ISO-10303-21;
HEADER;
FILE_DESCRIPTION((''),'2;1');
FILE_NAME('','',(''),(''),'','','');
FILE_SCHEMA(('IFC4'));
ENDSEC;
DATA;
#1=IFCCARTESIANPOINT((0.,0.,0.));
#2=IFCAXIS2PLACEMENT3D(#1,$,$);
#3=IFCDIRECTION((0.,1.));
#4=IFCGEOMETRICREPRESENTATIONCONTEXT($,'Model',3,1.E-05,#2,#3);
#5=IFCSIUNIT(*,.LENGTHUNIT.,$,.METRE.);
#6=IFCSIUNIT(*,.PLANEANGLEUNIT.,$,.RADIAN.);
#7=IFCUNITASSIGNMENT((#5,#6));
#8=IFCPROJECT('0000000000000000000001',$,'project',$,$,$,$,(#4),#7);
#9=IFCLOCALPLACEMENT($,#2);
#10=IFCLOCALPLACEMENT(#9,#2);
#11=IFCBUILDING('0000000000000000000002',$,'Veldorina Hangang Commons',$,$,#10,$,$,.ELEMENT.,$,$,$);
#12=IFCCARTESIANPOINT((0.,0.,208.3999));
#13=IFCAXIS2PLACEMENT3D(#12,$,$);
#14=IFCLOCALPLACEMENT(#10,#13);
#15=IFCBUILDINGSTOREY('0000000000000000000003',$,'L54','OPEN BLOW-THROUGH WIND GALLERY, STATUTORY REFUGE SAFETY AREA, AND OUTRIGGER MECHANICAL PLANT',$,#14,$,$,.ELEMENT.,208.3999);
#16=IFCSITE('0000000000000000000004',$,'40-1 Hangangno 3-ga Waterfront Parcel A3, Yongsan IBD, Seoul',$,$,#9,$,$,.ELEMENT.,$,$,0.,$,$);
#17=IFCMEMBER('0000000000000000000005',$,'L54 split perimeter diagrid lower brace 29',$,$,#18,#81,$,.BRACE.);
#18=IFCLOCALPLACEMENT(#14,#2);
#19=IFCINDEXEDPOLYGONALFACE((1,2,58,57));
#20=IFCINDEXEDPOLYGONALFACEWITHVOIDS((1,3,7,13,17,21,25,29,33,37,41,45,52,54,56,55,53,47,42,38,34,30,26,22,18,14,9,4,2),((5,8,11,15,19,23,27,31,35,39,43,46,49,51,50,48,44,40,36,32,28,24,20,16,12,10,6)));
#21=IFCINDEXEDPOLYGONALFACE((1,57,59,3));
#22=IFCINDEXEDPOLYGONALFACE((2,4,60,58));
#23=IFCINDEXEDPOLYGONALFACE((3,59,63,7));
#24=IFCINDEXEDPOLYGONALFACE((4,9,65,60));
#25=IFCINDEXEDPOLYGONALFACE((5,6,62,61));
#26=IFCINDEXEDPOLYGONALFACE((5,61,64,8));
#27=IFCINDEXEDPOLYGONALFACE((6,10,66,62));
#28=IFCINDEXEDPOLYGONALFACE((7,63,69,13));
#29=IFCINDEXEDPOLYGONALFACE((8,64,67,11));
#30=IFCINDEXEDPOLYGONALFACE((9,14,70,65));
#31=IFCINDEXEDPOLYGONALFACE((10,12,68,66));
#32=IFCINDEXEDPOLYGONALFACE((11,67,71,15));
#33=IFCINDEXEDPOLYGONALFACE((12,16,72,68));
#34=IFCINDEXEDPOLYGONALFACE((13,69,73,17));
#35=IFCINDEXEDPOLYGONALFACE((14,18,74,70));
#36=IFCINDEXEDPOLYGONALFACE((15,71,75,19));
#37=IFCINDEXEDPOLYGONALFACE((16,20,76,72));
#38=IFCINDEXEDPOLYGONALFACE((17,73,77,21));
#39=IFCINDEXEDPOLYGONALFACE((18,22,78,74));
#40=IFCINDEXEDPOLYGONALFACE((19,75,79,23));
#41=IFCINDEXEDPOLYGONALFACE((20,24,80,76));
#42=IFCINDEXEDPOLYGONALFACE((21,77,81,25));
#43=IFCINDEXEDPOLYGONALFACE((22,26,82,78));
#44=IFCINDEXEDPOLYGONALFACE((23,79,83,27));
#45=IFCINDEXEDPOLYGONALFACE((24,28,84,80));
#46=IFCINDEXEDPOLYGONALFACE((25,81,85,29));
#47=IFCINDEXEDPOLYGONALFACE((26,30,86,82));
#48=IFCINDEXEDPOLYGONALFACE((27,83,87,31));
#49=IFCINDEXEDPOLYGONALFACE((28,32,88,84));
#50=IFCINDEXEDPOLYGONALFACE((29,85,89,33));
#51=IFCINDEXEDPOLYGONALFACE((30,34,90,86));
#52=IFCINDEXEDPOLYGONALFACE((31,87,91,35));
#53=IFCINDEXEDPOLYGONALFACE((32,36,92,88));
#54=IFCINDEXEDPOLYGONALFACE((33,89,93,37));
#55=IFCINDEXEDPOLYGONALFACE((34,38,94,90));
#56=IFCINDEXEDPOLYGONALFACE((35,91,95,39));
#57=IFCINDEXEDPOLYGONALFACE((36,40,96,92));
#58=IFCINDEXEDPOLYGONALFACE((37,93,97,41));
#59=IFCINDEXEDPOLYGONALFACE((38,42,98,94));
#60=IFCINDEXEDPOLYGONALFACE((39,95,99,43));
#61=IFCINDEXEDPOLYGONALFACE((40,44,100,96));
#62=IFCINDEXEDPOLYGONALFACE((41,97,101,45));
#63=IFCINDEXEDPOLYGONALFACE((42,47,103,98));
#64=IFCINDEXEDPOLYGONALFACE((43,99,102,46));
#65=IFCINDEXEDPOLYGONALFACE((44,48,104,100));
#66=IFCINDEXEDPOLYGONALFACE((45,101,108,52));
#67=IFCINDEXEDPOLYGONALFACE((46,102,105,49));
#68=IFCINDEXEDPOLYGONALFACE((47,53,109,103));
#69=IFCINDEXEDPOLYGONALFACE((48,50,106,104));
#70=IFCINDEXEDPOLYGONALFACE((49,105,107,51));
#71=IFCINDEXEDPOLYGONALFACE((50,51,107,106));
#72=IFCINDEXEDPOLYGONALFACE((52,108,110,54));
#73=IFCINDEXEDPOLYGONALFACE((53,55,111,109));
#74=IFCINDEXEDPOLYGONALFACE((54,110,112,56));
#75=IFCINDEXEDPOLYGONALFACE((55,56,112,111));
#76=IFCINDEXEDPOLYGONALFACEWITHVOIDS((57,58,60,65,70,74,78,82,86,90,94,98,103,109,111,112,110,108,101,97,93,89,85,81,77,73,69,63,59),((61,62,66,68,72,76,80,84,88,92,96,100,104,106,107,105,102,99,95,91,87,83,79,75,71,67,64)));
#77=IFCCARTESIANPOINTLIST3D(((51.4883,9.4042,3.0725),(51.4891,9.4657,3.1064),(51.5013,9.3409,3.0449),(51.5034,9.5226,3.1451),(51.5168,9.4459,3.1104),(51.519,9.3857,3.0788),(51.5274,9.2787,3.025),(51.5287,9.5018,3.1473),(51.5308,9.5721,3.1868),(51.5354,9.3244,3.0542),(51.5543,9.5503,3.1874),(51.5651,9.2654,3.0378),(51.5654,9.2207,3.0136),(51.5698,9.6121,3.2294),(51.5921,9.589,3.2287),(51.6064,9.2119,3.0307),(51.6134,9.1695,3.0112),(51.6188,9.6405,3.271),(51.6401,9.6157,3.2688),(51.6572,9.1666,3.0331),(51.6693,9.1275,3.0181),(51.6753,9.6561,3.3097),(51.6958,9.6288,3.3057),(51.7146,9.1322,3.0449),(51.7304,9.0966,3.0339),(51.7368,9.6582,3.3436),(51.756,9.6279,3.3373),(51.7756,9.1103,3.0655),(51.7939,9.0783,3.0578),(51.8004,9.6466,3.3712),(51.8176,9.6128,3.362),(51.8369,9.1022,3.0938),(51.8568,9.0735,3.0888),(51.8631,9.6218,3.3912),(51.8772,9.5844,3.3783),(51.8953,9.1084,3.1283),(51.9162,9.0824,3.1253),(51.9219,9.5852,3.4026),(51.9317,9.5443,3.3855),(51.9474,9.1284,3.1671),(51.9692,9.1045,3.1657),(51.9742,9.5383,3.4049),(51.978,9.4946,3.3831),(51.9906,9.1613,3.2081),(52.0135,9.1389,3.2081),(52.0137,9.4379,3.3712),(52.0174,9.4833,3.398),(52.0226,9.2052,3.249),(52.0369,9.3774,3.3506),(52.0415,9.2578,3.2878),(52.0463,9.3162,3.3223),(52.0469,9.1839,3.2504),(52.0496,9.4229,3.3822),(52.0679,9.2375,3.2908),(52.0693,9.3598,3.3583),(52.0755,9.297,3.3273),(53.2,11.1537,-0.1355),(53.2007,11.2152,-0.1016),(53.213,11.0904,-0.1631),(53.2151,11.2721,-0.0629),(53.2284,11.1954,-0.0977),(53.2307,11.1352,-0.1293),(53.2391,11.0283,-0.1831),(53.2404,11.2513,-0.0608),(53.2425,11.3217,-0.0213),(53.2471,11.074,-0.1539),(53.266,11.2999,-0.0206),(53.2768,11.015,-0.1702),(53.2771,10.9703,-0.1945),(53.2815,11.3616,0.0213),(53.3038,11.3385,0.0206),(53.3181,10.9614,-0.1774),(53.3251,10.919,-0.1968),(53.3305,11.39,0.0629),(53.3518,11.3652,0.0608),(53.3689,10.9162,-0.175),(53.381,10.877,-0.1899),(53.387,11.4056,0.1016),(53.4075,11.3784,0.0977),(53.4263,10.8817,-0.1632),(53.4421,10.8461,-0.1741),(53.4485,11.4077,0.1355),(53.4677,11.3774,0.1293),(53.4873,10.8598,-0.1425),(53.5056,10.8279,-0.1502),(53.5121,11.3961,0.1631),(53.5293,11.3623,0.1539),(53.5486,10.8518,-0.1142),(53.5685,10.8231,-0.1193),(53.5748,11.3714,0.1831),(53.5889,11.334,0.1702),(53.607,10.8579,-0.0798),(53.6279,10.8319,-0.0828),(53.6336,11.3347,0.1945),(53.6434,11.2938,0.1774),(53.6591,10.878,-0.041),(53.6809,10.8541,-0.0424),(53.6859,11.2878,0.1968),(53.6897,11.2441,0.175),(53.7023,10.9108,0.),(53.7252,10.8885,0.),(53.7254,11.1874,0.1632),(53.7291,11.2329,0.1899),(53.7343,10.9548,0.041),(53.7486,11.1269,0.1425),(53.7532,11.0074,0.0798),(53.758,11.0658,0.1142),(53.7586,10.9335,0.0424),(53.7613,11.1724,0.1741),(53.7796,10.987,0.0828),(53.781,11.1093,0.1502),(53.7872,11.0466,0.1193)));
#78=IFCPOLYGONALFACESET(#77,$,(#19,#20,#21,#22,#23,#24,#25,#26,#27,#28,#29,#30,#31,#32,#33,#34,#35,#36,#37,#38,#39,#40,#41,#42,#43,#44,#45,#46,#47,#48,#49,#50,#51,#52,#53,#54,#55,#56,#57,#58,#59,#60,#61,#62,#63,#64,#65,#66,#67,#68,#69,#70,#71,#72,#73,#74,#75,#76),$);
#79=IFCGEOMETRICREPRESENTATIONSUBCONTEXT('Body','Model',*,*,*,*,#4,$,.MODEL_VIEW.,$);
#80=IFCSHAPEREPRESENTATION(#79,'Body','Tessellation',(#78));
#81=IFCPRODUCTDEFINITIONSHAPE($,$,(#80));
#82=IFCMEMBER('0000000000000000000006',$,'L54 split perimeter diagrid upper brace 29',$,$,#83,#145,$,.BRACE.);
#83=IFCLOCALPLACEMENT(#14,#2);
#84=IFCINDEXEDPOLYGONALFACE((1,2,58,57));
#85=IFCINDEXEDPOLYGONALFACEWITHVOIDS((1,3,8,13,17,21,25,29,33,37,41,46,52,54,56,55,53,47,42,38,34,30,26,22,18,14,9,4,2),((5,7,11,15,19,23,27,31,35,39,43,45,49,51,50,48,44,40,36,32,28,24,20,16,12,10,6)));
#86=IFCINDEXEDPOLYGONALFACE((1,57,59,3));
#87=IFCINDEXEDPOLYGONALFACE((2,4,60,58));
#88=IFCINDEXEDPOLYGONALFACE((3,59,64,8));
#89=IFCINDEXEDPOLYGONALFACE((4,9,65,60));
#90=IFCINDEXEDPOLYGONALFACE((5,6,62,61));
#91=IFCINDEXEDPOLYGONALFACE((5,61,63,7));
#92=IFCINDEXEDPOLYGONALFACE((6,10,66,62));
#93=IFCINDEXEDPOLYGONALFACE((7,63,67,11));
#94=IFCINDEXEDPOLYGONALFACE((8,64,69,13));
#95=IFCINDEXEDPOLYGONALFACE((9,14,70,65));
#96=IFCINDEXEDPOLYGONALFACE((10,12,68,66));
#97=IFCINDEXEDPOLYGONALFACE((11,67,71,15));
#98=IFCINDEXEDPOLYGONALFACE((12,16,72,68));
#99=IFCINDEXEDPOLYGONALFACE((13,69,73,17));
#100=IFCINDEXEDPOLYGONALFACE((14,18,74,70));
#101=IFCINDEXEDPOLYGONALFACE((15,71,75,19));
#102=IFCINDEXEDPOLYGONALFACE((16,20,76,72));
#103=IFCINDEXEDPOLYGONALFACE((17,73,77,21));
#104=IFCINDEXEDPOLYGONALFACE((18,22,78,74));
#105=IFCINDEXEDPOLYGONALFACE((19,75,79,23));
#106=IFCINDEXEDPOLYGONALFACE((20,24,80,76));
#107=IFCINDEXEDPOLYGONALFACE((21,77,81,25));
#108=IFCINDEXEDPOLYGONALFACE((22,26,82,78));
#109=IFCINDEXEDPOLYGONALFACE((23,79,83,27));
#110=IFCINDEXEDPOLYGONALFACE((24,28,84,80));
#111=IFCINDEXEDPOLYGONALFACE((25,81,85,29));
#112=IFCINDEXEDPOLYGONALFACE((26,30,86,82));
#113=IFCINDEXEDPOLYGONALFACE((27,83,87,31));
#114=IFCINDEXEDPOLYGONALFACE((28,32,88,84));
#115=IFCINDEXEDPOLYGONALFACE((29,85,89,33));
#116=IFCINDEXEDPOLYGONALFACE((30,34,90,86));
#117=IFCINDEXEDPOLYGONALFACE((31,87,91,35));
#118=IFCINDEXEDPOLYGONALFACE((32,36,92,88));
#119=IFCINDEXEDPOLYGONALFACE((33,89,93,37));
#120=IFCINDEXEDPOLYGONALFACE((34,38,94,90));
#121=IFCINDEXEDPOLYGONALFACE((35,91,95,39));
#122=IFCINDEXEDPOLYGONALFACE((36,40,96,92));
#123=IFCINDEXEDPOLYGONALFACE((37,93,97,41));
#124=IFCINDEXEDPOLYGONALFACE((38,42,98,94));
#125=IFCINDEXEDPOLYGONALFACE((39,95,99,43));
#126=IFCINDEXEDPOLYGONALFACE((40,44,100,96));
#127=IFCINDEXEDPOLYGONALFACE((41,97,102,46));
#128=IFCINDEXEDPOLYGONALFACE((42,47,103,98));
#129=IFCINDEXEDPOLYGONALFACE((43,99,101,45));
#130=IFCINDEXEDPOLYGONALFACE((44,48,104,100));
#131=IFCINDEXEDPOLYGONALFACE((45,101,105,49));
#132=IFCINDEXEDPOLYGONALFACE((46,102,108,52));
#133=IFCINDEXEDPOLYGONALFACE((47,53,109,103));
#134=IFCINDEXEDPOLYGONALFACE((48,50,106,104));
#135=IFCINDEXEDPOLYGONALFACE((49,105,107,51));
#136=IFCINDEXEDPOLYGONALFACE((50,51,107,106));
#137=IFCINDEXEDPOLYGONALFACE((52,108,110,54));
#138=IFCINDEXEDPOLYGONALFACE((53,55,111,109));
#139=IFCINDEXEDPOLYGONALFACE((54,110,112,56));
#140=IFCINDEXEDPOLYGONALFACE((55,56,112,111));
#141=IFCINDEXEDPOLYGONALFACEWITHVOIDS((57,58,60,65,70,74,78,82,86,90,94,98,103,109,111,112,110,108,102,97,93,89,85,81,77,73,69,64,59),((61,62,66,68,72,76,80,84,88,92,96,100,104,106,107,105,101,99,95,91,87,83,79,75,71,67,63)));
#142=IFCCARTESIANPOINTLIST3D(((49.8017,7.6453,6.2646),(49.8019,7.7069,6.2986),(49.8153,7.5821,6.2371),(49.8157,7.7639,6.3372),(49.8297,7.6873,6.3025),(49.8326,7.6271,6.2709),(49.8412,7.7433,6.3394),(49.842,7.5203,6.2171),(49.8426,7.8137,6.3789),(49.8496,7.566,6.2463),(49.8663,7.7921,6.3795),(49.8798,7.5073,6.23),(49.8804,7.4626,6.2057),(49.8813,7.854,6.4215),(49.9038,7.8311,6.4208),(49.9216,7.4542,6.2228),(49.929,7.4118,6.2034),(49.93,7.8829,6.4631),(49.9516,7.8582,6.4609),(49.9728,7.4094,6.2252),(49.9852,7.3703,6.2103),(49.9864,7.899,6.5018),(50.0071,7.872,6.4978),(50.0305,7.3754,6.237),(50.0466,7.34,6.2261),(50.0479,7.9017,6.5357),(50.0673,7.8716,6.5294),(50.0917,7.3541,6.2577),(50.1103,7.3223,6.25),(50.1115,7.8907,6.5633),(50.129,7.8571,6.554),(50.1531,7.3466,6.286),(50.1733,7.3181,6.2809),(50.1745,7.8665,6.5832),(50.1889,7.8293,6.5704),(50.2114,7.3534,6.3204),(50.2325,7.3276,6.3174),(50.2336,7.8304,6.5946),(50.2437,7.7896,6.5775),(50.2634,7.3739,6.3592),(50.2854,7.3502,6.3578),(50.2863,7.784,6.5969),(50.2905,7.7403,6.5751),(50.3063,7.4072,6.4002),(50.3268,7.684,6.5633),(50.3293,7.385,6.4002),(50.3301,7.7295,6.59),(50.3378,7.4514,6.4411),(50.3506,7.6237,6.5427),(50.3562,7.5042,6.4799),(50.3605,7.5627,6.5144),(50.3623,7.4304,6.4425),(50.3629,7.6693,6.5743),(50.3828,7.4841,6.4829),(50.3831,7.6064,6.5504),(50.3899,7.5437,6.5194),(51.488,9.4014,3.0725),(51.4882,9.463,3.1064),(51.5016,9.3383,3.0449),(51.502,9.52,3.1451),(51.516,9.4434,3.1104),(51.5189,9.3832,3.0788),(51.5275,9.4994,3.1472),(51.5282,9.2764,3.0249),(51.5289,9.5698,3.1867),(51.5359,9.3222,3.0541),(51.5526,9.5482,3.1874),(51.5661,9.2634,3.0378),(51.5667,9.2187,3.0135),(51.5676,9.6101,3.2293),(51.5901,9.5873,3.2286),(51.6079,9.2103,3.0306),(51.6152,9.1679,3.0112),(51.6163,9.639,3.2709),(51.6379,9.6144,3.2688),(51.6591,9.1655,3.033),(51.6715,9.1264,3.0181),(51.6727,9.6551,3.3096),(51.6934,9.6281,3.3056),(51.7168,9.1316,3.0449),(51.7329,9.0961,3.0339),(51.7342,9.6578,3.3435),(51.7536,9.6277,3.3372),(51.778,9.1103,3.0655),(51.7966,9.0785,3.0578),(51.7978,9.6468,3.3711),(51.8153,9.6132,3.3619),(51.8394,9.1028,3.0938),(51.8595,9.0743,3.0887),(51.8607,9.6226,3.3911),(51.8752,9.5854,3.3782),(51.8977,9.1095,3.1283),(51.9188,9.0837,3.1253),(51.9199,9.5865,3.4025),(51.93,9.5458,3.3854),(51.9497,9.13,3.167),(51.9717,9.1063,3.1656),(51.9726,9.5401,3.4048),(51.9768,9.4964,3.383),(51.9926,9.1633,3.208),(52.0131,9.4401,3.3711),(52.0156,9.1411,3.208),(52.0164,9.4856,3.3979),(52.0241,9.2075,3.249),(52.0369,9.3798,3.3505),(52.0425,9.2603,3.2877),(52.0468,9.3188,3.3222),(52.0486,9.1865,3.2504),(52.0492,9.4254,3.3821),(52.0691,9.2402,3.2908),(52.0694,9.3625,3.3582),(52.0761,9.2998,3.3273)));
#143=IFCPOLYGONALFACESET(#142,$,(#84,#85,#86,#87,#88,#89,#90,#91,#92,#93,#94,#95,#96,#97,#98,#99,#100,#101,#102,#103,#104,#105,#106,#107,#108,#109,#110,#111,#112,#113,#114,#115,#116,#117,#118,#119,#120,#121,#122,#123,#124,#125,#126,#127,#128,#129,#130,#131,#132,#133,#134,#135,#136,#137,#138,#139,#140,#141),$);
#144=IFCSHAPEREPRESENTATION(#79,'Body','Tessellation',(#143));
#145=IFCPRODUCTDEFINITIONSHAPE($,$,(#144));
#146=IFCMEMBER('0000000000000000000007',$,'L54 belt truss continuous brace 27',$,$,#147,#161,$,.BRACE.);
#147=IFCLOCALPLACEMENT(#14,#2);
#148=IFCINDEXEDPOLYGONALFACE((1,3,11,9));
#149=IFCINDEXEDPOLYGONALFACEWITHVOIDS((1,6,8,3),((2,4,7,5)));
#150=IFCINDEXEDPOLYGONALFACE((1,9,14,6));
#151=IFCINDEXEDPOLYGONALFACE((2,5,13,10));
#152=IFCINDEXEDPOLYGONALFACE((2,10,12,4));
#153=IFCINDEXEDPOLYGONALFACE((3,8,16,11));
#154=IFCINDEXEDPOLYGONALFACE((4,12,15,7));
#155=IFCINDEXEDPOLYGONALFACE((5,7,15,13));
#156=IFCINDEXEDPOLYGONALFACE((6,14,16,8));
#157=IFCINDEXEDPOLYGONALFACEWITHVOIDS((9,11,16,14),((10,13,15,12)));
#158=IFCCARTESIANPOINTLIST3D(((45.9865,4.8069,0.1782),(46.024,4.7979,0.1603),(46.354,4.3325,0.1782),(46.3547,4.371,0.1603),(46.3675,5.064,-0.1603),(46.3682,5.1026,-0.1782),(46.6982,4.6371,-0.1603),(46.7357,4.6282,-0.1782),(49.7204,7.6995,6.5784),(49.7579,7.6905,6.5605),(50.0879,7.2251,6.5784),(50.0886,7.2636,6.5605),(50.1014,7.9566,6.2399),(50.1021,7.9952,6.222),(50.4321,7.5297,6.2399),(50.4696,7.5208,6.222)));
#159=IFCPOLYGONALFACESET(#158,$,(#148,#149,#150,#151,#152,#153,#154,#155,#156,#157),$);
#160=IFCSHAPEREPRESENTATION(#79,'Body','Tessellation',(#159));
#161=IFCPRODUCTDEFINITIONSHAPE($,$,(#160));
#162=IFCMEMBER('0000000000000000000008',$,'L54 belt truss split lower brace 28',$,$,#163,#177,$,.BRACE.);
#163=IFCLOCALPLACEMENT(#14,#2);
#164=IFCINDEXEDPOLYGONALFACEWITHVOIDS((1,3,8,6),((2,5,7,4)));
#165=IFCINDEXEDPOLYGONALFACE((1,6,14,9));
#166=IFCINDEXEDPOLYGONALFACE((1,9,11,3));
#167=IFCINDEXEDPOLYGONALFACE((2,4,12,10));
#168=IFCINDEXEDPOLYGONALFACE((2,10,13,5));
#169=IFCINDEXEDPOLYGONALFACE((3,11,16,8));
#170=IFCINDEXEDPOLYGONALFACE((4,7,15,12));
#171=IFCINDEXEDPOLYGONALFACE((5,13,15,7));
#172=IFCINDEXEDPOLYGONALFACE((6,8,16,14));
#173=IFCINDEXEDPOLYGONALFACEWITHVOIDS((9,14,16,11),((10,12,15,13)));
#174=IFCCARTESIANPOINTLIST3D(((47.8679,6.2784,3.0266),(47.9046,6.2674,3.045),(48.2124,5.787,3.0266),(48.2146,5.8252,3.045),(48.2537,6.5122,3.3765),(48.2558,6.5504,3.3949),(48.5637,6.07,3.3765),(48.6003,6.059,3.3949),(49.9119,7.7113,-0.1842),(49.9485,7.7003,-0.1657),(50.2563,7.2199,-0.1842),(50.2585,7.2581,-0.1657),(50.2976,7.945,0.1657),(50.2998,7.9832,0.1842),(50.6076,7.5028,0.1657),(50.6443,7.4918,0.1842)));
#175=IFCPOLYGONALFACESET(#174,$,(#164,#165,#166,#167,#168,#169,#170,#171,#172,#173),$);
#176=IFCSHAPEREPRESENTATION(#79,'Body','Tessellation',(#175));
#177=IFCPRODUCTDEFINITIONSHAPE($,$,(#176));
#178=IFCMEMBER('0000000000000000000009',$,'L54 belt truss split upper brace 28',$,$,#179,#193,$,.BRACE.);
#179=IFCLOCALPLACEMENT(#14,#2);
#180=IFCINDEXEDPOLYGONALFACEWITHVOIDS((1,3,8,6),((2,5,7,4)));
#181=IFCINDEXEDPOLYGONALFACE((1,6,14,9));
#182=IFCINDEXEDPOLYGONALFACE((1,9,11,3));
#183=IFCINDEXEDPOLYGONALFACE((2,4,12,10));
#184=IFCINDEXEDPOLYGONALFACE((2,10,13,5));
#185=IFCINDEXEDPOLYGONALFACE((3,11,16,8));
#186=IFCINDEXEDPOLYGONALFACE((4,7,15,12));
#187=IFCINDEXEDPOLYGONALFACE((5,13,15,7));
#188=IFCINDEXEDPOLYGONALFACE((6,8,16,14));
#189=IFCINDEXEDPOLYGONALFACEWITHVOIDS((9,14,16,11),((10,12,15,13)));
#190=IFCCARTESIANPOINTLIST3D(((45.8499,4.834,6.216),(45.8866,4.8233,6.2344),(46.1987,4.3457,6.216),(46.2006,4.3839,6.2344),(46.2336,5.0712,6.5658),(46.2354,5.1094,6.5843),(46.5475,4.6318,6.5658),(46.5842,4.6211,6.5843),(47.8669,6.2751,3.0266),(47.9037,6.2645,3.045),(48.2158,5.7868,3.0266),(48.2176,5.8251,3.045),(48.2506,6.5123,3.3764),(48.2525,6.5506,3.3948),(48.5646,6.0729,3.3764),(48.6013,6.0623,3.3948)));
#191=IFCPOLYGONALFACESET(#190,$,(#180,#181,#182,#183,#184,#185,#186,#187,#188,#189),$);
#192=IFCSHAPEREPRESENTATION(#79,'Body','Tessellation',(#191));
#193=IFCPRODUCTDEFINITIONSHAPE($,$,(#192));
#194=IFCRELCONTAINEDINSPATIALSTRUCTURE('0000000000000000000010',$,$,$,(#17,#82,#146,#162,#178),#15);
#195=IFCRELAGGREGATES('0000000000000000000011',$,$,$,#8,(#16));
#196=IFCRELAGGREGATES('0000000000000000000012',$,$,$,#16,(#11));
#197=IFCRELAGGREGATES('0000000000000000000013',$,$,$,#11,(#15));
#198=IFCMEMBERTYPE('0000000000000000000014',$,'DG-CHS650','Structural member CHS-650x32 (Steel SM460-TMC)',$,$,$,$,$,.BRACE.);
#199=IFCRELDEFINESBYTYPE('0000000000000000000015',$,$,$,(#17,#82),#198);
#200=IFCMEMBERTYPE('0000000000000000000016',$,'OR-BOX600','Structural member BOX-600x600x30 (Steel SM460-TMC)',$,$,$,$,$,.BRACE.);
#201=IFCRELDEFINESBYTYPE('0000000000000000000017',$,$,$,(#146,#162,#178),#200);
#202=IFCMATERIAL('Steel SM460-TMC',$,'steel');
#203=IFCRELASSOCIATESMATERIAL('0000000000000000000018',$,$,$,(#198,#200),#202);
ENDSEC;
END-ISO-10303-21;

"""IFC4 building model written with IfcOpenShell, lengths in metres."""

from ifc_helpers import new_model, si_unit, direction, frame, origin, origin_2d, place, context, subcontext, project, spatial, hollow_rectangle, hollow_circle, extrude, material, material_profile, profile_set, type_object, element, save


model = new_model("IFC4")

# Units and contexts
model_context = context("Model", 3, precision=1e-05, world=origin(), true_north=direction((0.0, 1.0)))
body_context = subcontext(model_context, "Body", "Model", "MODEL_VIEW")
ifc_project = project(units=[si_unit("LENGTHUNIT", "METRE"), si_unit("PLANEANGLEUNIT", "RADIAN")], contexts=[model_context])

# Site, building, storey
site_placement = place(None, origin())
site = spatial("IfcSite", under=ifc_project, at=site_placement, Name="40-1 Hangangno 3-ga Waterfront Parcel A3, Yongsan IBD, Seoul", CompositionType="ELEMENT", RefElevation=0.0)
building_placement = place(site_placement, origin())
building = spatial("IfcBuilding", under=site, at=building_placement, Name="Veldorina Hangang Commons", CompositionType="ELEMENT")
storey_placement = place(building_placement, frame((0.0, 0.0, 208.3999)))
storey = spatial("IfcBuildingStorey", under=building, at=storey_placement, Name="L54", Description="OPEN BLOW-THROUGH WIND GALLERY, STATUTORY REFUGE SAFETY AREA, AND OUTRIGGER MECHANICAL PLANT", CompositionType="ELEMENT", Elevation=208.3999)

# Shared definitions
ifc_material_1 = material(Name="Steel SM460-TMC", Category="steel")

# Members
ifc_material_profile_1 = material_profile(ifc_material_1, hollow_circle(Radius=0.325, WallThickness=0.032, at=origin_2d()), Name="CHS-650x32")
ifc_profile_set_1 = profile_set([ifc_material_profile_1], Name="Steel SM460-TMC")
member_type_1 = type_object("IfcMemberType", Name="DG-CHS650", Description="Structural member CHS-650x32 (Steel SM460-TMC)", PredefinedType="BRACE", material=ifc_profile_set_1)
member_1_placement = place(storey_placement, frame((53.4929, 11.1157, 0.0), z_axis=(-0.424197, -0.433575, 0.795028), x_axis=(0.714795, -0.699334, 0.0)))
element("IfcMember", 1, at=member_1_placement, inside=storey, type_object=member_type_1, Name="L54 split perimeter diagrid lower brace 29", PredefinedType="BRACE", context=body_context, shape_type="SweptSolid", body=[
    extrude(hollow_circle(Radius=0.325, WallThickness=0.032, at=origin_2d()), origin(), (0.0, 0.0, 1.0), 4.0352),
])
member_2_placement = place(storey_placement, frame((51.7812, 9.3662, 3.208), z_axis=(-0.420034, -0.437427, 0.795128), x_axis=(0.721301, -0.692622, 0.0)))
element("IfcMember", 2, at=member_2_placement, inside=storey, type_object=member_type_1, Name="L54 split perimeter diagrid upper brace 29", PredefinedType="BRACE", context=body_context, shape_type="SweptSolid", body=[
    extrude(hollow_circle(Radius=0.325, WallThickness=0.032, at=origin_2d()), origin(), (0.0, 0.0, 1.0), 4.0146),
])
ifc_material_profile_2 = material_profile(ifc_material_1, hollow_rectangle(XDim=0.6001, YDim=0.6001, WallThickness=0.03, at=origin_2d()), Name="BOX-600x600x30")
ifc_profile_set_2 = profile_set([ifc_material_profile_2], Name="Steel SM460-TMC")
member_type_2 = type_object("IfcMemberType", Name="OR-BOX600", Description="Structural member BOX-600x600x30 (Steel SM460-TMC)", PredefinedType="BRACE", material=ifc_profile_set_2)
member_3_placement = place(storey_placement, frame((46.3611, 4.7175, 0.0), z_axis=(0.469418, 0.36365, 0.804615), x_axis=(-0.612415, 0.790536, 0.0)))
element("IfcMember", 3, at=member_3_placement, inside=storey, type_object=member_type_2, Name="L54 belt truss continuous brace 27", PredefinedType="BRACE", context=body_context, shape_type="SweptSolid", body=[
    extrude(hollow_rectangle(XDim=0.6001, YDim=0.6001, WallThickness=0.03, at=origin_2d()), origin(), (0.0, 0.0, 1.0), 7.9543),
])
member_4_placement = place(storey_placement, frame((50.2781, 7.6016, 0.0), z_axis=(-0.502586, -0.352326, 0.789477), x_axis=(0.574027, -0.818837, 0.0)))
element("IfcMember", 4, at=member_4_placement, inside=storey, type_object=member_type_2, Name="L54 belt truss split lower brace 28", PredefinedType="BRACE", context=body_context, shape_type="SweptSolid", body=[
    extrude(hollow_rectangle(XDim=0.6001, YDim=0.6001, WallThickness=0.03, at=origin_2d()), origin(), (0.0, 0.0, 1.0), 4.0669),
])
member_5_placement = place(storey_placement, frame((48.2341, 6.1687, 3.2107), z_axis=(-0.499332, -0.35676, 0.789551), x_axis=(0.581341, -0.81366, 0.0)))
element("IfcMember", 5, at=member_5_placement, inside=storey, type_object=member_type_2, Name="L54 belt truss split upper brace 28", PredefinedType="BRACE", context=body_context, shape_type="SweptSolid", body=[
    extrude(hollow_rectangle(XDim=0.6001, YDim=0.6001, WallThickness=0.03, at=origin_2d()), origin(), (0.0, 0.0, 1.0), 4.0396),
])

save(model, "model.ifc")
